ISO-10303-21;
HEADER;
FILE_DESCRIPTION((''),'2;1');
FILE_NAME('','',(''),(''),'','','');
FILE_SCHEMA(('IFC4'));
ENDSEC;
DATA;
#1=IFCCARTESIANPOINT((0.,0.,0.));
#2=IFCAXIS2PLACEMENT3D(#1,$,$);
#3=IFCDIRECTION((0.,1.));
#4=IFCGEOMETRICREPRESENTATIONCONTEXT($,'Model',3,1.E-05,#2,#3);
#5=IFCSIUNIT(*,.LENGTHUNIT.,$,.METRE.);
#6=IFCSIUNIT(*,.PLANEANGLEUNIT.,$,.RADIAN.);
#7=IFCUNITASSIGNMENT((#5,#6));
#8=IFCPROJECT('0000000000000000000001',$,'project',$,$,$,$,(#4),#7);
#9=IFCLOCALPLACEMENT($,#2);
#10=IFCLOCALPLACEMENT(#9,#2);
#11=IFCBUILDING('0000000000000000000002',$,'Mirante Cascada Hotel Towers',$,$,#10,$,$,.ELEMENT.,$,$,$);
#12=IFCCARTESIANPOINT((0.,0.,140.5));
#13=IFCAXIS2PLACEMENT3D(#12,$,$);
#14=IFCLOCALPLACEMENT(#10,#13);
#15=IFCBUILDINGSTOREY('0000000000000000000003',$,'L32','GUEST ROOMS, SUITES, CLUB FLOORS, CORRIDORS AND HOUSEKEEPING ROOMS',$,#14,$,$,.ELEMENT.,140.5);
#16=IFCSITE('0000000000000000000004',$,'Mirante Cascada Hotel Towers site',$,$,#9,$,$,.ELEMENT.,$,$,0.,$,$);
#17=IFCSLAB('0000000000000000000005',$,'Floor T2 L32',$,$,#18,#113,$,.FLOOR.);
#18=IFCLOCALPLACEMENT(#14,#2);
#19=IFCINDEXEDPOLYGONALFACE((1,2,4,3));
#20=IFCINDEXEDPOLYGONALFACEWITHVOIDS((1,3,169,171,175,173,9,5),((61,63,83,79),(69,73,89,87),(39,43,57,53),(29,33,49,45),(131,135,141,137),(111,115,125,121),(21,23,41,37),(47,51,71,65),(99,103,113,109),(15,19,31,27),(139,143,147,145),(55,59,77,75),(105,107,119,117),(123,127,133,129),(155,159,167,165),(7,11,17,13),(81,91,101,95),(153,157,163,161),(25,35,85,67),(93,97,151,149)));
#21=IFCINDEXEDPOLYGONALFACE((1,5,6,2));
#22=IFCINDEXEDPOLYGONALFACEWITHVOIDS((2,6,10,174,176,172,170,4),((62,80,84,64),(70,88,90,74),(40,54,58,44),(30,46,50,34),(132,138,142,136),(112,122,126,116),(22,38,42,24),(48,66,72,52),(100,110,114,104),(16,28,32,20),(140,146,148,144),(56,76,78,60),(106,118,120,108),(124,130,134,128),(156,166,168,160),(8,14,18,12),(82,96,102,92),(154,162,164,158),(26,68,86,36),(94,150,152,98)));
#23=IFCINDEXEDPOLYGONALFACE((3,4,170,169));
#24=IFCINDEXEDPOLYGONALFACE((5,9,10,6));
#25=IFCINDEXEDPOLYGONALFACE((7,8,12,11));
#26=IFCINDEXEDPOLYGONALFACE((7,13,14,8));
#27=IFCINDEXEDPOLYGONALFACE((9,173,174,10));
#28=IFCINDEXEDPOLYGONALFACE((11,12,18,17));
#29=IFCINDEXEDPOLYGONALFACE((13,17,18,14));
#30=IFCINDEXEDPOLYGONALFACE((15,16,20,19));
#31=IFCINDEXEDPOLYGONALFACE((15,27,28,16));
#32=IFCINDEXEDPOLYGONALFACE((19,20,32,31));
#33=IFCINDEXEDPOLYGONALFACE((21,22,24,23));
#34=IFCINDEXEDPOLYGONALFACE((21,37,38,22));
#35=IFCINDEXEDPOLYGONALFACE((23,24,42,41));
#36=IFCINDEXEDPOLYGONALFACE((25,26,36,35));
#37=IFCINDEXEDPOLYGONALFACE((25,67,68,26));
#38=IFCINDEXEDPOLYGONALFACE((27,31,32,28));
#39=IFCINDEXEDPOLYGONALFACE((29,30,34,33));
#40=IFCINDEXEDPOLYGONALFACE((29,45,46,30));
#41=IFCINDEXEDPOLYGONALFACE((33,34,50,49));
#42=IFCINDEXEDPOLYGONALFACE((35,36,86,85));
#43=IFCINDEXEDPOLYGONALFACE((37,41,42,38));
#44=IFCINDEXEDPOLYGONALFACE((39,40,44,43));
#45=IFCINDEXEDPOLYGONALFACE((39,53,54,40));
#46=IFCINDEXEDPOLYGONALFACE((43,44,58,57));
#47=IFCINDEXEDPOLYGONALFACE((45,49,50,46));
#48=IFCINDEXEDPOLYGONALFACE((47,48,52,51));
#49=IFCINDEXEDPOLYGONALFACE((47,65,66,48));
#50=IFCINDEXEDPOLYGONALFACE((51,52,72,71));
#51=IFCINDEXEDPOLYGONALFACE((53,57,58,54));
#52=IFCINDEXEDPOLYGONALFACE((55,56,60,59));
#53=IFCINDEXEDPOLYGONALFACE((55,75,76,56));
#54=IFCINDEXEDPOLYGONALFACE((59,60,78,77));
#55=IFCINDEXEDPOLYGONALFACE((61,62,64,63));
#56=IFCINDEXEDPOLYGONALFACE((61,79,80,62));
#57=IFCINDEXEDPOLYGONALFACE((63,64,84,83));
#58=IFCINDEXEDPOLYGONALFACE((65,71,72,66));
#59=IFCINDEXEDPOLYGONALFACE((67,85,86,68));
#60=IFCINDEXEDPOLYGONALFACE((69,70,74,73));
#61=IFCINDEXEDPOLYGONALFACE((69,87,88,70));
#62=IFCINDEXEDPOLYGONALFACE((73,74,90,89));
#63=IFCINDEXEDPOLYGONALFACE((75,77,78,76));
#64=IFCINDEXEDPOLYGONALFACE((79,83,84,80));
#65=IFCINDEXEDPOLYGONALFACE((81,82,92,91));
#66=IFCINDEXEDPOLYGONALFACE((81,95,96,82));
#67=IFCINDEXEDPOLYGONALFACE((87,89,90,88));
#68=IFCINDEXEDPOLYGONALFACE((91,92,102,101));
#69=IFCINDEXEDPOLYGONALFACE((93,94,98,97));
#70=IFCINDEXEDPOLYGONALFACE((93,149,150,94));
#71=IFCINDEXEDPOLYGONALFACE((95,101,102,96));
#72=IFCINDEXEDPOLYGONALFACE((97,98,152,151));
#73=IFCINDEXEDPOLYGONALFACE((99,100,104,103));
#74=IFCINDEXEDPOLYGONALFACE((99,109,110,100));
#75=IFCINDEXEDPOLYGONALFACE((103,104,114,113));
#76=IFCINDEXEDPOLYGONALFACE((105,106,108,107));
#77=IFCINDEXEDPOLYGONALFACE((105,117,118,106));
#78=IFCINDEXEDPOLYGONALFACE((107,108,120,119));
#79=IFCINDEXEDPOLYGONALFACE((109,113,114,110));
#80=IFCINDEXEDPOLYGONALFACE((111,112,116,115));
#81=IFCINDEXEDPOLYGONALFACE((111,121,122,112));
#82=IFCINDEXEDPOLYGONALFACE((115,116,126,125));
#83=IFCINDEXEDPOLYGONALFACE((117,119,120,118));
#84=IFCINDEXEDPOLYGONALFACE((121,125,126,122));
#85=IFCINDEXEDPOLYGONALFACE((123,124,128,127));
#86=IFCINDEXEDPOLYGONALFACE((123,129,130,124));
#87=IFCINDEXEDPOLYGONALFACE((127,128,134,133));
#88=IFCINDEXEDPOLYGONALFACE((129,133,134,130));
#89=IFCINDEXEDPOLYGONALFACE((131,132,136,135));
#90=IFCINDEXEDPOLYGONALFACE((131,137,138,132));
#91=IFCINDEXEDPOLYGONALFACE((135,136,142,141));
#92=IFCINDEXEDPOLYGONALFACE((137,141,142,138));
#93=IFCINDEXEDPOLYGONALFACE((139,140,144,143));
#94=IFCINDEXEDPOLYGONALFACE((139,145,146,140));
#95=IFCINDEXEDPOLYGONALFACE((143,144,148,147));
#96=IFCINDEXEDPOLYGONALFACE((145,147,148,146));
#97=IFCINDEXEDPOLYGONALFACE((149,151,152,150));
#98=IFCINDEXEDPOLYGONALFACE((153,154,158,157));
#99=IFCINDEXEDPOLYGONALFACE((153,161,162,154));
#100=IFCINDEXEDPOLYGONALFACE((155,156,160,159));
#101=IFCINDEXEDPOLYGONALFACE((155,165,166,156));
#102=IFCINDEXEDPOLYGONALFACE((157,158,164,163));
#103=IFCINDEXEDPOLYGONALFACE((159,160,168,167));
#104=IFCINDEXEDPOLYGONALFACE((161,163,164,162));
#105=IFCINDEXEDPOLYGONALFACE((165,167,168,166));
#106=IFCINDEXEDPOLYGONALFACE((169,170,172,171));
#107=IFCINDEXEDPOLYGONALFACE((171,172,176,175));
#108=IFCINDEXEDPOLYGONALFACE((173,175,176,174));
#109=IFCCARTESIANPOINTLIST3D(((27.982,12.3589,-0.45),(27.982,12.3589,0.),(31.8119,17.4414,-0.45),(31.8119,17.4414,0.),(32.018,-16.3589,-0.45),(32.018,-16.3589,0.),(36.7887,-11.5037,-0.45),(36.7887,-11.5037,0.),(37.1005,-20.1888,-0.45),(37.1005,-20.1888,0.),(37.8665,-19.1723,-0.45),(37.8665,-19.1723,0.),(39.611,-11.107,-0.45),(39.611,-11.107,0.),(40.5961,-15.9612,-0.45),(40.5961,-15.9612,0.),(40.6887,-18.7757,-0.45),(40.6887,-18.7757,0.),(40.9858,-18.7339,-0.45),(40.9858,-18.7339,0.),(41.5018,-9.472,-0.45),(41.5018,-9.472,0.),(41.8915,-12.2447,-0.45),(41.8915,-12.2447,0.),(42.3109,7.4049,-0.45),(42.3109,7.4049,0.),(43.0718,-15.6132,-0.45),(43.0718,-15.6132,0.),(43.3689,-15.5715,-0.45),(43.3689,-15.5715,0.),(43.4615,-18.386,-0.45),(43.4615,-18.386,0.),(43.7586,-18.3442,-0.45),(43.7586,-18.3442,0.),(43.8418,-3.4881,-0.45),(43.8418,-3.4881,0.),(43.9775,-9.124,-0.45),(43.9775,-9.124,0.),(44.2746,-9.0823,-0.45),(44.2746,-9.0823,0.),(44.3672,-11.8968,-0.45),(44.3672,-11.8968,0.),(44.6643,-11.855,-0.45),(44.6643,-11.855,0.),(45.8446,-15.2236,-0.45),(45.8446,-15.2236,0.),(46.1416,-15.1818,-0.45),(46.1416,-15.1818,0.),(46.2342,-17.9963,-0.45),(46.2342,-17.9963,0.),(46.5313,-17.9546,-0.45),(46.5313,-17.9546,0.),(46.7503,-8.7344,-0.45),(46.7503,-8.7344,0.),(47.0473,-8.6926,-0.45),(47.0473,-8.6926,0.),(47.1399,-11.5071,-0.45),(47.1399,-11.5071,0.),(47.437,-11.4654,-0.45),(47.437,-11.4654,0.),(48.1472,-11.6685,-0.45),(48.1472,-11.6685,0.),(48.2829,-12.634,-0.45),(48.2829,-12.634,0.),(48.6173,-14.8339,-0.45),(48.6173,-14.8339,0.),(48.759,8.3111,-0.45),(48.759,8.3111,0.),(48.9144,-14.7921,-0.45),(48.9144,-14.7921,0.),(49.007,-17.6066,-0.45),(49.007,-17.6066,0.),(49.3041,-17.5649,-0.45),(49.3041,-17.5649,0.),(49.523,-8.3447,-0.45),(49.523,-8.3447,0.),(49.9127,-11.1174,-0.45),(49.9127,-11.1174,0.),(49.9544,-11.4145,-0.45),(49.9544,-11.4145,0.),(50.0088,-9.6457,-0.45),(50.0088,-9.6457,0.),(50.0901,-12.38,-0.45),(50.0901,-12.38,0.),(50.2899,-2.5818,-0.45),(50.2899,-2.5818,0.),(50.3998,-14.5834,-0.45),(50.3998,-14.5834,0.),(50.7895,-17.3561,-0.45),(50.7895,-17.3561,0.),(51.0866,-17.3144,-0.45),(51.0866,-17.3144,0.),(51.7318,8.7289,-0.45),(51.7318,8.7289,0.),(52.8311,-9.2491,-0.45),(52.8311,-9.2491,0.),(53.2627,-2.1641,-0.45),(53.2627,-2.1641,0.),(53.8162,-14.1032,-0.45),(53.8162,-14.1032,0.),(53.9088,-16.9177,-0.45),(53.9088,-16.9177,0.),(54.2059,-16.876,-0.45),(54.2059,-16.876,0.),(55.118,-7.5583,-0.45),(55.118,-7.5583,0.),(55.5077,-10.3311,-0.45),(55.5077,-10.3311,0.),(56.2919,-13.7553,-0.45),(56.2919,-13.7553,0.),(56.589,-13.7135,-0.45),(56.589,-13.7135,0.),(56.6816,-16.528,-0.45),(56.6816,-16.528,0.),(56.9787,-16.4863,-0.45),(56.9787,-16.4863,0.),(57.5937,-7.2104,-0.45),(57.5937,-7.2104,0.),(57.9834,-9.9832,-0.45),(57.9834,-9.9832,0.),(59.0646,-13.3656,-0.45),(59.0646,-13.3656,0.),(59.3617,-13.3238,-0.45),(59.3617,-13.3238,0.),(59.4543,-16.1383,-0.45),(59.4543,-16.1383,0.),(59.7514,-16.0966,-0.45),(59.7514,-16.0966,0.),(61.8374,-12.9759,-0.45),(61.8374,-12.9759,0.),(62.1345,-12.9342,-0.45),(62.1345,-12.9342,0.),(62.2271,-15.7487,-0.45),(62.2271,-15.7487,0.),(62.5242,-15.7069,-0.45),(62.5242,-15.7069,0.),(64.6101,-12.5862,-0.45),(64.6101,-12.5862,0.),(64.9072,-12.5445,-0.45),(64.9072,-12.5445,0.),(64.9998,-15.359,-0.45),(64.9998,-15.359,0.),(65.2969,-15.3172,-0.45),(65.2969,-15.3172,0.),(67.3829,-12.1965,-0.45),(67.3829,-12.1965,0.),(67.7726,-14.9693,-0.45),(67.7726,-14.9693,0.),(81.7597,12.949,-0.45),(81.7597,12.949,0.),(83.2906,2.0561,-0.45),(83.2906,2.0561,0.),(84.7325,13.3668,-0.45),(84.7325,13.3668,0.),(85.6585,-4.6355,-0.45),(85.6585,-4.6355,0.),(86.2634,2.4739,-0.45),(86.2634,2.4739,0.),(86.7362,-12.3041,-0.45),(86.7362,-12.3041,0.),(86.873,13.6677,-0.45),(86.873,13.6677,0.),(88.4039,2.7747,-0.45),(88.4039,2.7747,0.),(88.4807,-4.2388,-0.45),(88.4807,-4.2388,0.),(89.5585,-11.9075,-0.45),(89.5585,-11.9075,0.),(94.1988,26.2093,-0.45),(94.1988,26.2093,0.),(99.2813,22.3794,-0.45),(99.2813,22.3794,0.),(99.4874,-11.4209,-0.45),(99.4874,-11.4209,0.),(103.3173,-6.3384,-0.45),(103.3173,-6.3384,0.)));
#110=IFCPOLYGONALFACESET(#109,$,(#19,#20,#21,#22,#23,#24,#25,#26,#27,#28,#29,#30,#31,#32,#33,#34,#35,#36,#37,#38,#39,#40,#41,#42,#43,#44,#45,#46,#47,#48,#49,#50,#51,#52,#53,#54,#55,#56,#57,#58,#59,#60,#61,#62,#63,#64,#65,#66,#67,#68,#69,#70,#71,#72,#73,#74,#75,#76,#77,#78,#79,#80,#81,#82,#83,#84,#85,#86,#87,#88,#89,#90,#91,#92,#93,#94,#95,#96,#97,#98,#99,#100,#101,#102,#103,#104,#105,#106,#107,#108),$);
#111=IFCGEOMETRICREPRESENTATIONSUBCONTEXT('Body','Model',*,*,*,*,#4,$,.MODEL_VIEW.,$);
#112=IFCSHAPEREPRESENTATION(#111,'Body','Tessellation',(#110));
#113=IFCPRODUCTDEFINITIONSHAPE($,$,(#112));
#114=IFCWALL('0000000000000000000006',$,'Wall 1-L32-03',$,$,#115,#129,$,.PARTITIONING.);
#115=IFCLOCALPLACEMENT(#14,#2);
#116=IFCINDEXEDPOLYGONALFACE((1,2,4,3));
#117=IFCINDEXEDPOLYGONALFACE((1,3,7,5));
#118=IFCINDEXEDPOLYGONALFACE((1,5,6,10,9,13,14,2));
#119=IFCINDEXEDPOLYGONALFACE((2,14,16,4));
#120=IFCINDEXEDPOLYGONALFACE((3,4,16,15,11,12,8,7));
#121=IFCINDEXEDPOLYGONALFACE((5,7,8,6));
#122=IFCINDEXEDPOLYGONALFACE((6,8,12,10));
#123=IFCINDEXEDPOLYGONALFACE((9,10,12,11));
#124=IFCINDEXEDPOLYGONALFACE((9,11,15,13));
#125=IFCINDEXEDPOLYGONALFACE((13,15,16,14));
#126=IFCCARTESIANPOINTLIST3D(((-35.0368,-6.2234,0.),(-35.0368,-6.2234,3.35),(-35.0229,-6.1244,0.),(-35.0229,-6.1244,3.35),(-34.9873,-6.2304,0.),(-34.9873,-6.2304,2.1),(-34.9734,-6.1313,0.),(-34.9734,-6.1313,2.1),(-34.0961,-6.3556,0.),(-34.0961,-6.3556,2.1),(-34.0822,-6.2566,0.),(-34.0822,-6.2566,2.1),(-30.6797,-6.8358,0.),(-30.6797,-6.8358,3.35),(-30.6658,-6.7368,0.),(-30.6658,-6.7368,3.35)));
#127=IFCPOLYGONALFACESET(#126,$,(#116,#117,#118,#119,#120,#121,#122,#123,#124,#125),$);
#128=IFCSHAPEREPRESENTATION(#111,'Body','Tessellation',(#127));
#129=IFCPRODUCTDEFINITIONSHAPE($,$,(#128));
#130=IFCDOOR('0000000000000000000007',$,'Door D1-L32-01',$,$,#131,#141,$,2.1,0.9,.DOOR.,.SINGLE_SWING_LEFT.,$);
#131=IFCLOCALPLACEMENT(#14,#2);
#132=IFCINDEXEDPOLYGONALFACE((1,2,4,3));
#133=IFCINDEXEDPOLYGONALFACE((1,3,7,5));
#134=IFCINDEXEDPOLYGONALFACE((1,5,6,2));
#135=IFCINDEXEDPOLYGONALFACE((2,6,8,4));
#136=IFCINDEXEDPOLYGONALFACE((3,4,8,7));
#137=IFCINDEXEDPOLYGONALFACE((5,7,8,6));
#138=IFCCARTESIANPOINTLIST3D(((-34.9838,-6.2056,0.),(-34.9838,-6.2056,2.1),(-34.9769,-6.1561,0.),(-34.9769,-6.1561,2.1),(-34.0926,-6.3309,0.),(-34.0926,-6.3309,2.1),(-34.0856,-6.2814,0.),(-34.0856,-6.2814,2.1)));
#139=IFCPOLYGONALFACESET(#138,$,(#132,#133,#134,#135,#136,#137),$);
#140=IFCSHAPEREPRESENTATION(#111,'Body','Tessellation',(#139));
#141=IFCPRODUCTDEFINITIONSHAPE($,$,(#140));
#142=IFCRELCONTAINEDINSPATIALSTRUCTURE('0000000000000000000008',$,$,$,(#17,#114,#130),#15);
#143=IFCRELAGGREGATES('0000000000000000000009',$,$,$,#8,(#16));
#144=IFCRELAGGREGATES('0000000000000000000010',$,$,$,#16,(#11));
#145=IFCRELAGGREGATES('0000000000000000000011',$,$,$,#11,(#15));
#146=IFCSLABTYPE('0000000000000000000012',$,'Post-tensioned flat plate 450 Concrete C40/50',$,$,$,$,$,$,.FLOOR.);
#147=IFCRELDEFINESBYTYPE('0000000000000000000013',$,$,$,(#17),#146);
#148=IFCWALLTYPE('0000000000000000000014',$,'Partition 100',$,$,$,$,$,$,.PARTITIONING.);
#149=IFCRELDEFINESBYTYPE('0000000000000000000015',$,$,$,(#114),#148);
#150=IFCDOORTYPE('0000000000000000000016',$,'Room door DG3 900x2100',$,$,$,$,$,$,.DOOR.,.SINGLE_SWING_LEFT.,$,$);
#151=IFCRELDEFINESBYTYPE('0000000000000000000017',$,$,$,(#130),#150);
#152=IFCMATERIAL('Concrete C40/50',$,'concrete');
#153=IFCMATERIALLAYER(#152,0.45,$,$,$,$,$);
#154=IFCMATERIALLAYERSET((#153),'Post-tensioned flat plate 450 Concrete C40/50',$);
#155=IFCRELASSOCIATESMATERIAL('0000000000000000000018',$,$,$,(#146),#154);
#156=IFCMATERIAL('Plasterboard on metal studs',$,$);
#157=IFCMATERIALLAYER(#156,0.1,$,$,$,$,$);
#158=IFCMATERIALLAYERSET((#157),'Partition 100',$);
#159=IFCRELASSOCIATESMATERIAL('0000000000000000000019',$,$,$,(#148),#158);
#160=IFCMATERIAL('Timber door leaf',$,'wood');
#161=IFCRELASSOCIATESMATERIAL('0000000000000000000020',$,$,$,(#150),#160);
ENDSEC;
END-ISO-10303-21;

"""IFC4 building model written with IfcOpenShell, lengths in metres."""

from ifc_helpers import new_model, si_unit, direction, frame, frame_2d, origin, place, context, subcontext, project, spatial, polyline, rectangle, outline, extrude, material, layer, layer_set, type_object, element, fill, save


model = new_model("IFC4")

# Units and contexts
model_context = context("Model", 3, precision=1e-05, world=origin(), true_north=direction((0.0, 1.0)))
body_context = subcontext(model_context, "Body", "Model", "MODEL_VIEW")
ifc_project = project(units=[si_unit("LENGTHUNIT", "METRE"), si_unit("PLANEANGLEUNIT", "RADIAN")], contexts=[model_context])

# Site, building, storey
site_placement = place(None, origin())
site = spatial("IfcSite", under=ifc_project, at=site_placement, Name="Mirante Cascada Hotel Towers site", CompositionType="ELEMENT", RefElevation=0.0)
building_placement = place(site_placement, origin())
building = spatial("IfcBuilding", under=site, at=building_placement, Name="Mirante Cascada Hotel Towers", CompositionType="ELEMENT")
storey_placement = place(building_placement, frame((0.0, 0.0, 140.5)))
storey = spatial("IfcBuildingStorey", under=building, at=storey_placement, Name="L32", Description="GUEST ROOMS, SUITES, CLUB FLOORS, CORRIDORS AND HOUSEKEEPING ROOMS", CompositionType="ELEMENT", Elevation=140.5)

# Slab
ifc_material_1 = material(Name="Concrete C40/50", Category="concrete")
ifc_layer_1 = layer(ifc_material_1, 0.45)
ifc_layer_set_1 = layer_set([ifc_layer_1], Name="Post-tensioned flat plate 450 Concrete C40/50")
slab_type = type_object("IfcSlabType", Name="Post-tensioned flat plate 450 Concrete C40/50", PredefinedType="FLOOR", material=ifc_layer_set_1)
slab_1_placement = place(storey_placement, frame((0.0, 0.0, -0.45)))
element("IfcSlab", 1, at=slab_1_placement, inside=storey, type_object=slab_type, Name="Floor T2 L32", PredefinedType="FLOOR", context=body_context, shape_type="SweptSolid", body=[
    extrude(outline(polyline([(32.018, -16.3589), (27.982, 12.3589), (31.8119, 17.4414), (94.1988, 26.2093), (99.2813, 22.3794), (103.3173, -6.3384), (99.4874, -11.4209), (37.1005, -20.1888), (32.018, -16.3589)]), holes=[polyline([(43.0718, -15.6132), (40.5961, -15.9612), (40.9858, -18.7339), (43.4615, -18.386), (43.0718, -15.6132)]), polyline([(45.8446, -15.2236), (43.3689, -15.5715), (43.7586, -18.3442), (46.2342, -17.9963), (45.8446, -15.2236)]), polyline([(48.6173, -14.8339), (46.1416, -15.1818), (46.5313, -17.9546), (49.007, -17.6066), (48.6173, -14.8339)]), polyline([(50.3998, -14.5834), (48.9144, -14.7921), (49.3041, -17.5649), (50.7895, -17.3561), (50.3998, -14.5834)]), polyline([(37.8665, -19.1723), (40.6887, -18.7757), (39.611, -11.107), (36.7887, -11.5037), (37.8665, -19.1723)]), polyline([(49.9544, -11.4145), (48.1472, -11.6685), (48.2829, -12.634), (50.0901, -12.38), (49.9544, -11.4145)]), polyline([(43.9775, -9.124), (41.5018, -9.472), (41.8915, -12.2447), (44.3672, -11.8968), (43.9775, -9.124)]), polyline([(47.1399, -11.5071), (46.7503, -8.7344), (44.2746, -9.0823), (44.6643, -11.855), (47.1399, -11.5071)]), polyline([(49.9127, -11.1174), (49.523, -8.3447), (47.0473, -8.6926), (47.437, -11.4654), (49.9127, -11.1174)]), polyline([(56.2919, -13.7553), (53.8162, -14.1032), (54.2059, -16.876), (56.6816, -16.528), (56.2919, -13.7553)]), polyline([(59.0646, -13.3656), (56.589, -13.7135), (56.9787, -16.4863), (59.4543, -16.1383), (59.0646, -13.3656)]), polyline([(61.8374, -12.9759), (59.3617, -13.3238), (59.7514, -16.0966), (62.2271, -15.7487), (61.8374, -12.9759)]), polyline([(64.6101, -12.5862), (62.1345, -12.9342), (62.5242, -15.7069), (64.9998, -15.359), (64.6101, -12.5862)]), polyline([(67.3829, -12.1965), (64.9072, -12.5445), (65.2969, -15.3172), (67.7726, -14.9693), (67.3829, -12.1965)]), polyline([(51.0866, -17.3144), (53.9088, -16.9177), (52.8311, -9.2491), (50.0088, -9.6457), (51.0866, -17.3144)]), polyline([(86.7362, -12.3041), (89.5585, -11.9075), (88.4807, -4.2388), (85.6585, -4.6355), (86.7362, -12.3041)]), polyline([(57.9834, -9.9832), (57.5937, -7.2104), (55.118, -7.5583), (55.5077, -10.3311), (57.9834, -9.9832)]), polyline([(86.873, 13.6677), (88.4039, 2.7747), (86.2634, 2.4739), (86.2634, 2.4739), (84.7325, 13.3668), (84.7325, 13.3668), (86.873, 13.6677)]), polyline([(81.7597, 12.949), (81.7597, 12.949), (83.2906, 2.0561), (83.2906, 2.0561), (53.2627, -2.1641), (53.2627, -2.1641), (51.7318, 8.7289), (81.7597, 12.949)]), polyline([(43.8418, -3.4881), (42.3109, 7.4049), (48.759, 8.3111), (50.2899, -2.5818), (50.2899, -2.5818), (43.8418, -3.4881)])]), origin(), (0.0, 0.0, 1.0), 0.45),
])

# Wall, opening, door
ifc_material_2 = material(Name="Plasterboard on metal studs")
ifc_layer_2 = layer(ifc_material_2, 0.1)
ifc_layer_set_2 = layer_set([ifc_layer_2], Name="Partition 100")
wall_type = type_object("IfcWallType", Name="Partition 100", PredefinedType="PARTITIONING", material=ifc_layer_set_2)
wall_placement = place(storey_placement, frame((-30.6727, -6.7863, 0.0), z_axis=(0.0, 0.0, 1.0), x_axis=(-0.990267, 0.139184, 0.0)))
wall = element("IfcWall", 2, at=wall_placement, inside=storey, type_object=wall_type, Name="Wall 1-L32-03", PredefinedType="PARTITIONING", context=body_context, shape_type="SweptSolid", body=[
    extrude(rectangle(XDim=4.3999, YDim=0.1, at=frame_2d((2.2, 0.0))), origin(), (0.0, 0.0, 1.0), 3.35),
])
opening_placement = place(wall_placement, frame((3.45, 0.0, 0.0)))
opening = element("IfcOpeningElement", 3, at=opening_placement, cuts=wall, PredefinedType="OPENING", context=body_context, shape_type="SweptSolid", body=[
    extrude(rectangle(XDim=0.9, YDim=2.1, at=frame_2d((0.45, 1.05))), frame((0.0, 0.05, 0.0), z_axis=(0.0, -1.0, 0.0), x_axis=(1.0, 0.0, 0.0)), (0.0, 0.0, 1.0), 0.1),
])
ifc_material_3 = material(Name="Timber door leaf", Category="wood")
door_type = type_object("IfcDoorType", Name="Room door DG3 900x2100", OperationType="SINGLE_SWING_LEFT", PredefinedType="DOOR", material=ifc_material_3)
door_placement = place(opening_placement, origin())
door = element("IfcDoor", 4, at=door_placement, inside=storey, type_object=door_type, Name="Door D1-L32-01", OperationType="SINGLE_SWING_LEFT", OverallHeight=2.1, OverallWidth=0.9, PredefinedType="DOOR", context=body_context, shape_type="SweptSolid", body=[
    extrude(rectangle(XDim=0.9, YDim=2.1, at=frame_2d((0.45, 1.05))), frame((0.0, 0.025, 0.0), z_axis=(0.0, -1.0, 0.0), x_axis=(1.0, 0.0, 0.0)), (0.0, 0.0, 1.0), 0.05),
])
fill(opening, door)

save(model, "model.ifc")
